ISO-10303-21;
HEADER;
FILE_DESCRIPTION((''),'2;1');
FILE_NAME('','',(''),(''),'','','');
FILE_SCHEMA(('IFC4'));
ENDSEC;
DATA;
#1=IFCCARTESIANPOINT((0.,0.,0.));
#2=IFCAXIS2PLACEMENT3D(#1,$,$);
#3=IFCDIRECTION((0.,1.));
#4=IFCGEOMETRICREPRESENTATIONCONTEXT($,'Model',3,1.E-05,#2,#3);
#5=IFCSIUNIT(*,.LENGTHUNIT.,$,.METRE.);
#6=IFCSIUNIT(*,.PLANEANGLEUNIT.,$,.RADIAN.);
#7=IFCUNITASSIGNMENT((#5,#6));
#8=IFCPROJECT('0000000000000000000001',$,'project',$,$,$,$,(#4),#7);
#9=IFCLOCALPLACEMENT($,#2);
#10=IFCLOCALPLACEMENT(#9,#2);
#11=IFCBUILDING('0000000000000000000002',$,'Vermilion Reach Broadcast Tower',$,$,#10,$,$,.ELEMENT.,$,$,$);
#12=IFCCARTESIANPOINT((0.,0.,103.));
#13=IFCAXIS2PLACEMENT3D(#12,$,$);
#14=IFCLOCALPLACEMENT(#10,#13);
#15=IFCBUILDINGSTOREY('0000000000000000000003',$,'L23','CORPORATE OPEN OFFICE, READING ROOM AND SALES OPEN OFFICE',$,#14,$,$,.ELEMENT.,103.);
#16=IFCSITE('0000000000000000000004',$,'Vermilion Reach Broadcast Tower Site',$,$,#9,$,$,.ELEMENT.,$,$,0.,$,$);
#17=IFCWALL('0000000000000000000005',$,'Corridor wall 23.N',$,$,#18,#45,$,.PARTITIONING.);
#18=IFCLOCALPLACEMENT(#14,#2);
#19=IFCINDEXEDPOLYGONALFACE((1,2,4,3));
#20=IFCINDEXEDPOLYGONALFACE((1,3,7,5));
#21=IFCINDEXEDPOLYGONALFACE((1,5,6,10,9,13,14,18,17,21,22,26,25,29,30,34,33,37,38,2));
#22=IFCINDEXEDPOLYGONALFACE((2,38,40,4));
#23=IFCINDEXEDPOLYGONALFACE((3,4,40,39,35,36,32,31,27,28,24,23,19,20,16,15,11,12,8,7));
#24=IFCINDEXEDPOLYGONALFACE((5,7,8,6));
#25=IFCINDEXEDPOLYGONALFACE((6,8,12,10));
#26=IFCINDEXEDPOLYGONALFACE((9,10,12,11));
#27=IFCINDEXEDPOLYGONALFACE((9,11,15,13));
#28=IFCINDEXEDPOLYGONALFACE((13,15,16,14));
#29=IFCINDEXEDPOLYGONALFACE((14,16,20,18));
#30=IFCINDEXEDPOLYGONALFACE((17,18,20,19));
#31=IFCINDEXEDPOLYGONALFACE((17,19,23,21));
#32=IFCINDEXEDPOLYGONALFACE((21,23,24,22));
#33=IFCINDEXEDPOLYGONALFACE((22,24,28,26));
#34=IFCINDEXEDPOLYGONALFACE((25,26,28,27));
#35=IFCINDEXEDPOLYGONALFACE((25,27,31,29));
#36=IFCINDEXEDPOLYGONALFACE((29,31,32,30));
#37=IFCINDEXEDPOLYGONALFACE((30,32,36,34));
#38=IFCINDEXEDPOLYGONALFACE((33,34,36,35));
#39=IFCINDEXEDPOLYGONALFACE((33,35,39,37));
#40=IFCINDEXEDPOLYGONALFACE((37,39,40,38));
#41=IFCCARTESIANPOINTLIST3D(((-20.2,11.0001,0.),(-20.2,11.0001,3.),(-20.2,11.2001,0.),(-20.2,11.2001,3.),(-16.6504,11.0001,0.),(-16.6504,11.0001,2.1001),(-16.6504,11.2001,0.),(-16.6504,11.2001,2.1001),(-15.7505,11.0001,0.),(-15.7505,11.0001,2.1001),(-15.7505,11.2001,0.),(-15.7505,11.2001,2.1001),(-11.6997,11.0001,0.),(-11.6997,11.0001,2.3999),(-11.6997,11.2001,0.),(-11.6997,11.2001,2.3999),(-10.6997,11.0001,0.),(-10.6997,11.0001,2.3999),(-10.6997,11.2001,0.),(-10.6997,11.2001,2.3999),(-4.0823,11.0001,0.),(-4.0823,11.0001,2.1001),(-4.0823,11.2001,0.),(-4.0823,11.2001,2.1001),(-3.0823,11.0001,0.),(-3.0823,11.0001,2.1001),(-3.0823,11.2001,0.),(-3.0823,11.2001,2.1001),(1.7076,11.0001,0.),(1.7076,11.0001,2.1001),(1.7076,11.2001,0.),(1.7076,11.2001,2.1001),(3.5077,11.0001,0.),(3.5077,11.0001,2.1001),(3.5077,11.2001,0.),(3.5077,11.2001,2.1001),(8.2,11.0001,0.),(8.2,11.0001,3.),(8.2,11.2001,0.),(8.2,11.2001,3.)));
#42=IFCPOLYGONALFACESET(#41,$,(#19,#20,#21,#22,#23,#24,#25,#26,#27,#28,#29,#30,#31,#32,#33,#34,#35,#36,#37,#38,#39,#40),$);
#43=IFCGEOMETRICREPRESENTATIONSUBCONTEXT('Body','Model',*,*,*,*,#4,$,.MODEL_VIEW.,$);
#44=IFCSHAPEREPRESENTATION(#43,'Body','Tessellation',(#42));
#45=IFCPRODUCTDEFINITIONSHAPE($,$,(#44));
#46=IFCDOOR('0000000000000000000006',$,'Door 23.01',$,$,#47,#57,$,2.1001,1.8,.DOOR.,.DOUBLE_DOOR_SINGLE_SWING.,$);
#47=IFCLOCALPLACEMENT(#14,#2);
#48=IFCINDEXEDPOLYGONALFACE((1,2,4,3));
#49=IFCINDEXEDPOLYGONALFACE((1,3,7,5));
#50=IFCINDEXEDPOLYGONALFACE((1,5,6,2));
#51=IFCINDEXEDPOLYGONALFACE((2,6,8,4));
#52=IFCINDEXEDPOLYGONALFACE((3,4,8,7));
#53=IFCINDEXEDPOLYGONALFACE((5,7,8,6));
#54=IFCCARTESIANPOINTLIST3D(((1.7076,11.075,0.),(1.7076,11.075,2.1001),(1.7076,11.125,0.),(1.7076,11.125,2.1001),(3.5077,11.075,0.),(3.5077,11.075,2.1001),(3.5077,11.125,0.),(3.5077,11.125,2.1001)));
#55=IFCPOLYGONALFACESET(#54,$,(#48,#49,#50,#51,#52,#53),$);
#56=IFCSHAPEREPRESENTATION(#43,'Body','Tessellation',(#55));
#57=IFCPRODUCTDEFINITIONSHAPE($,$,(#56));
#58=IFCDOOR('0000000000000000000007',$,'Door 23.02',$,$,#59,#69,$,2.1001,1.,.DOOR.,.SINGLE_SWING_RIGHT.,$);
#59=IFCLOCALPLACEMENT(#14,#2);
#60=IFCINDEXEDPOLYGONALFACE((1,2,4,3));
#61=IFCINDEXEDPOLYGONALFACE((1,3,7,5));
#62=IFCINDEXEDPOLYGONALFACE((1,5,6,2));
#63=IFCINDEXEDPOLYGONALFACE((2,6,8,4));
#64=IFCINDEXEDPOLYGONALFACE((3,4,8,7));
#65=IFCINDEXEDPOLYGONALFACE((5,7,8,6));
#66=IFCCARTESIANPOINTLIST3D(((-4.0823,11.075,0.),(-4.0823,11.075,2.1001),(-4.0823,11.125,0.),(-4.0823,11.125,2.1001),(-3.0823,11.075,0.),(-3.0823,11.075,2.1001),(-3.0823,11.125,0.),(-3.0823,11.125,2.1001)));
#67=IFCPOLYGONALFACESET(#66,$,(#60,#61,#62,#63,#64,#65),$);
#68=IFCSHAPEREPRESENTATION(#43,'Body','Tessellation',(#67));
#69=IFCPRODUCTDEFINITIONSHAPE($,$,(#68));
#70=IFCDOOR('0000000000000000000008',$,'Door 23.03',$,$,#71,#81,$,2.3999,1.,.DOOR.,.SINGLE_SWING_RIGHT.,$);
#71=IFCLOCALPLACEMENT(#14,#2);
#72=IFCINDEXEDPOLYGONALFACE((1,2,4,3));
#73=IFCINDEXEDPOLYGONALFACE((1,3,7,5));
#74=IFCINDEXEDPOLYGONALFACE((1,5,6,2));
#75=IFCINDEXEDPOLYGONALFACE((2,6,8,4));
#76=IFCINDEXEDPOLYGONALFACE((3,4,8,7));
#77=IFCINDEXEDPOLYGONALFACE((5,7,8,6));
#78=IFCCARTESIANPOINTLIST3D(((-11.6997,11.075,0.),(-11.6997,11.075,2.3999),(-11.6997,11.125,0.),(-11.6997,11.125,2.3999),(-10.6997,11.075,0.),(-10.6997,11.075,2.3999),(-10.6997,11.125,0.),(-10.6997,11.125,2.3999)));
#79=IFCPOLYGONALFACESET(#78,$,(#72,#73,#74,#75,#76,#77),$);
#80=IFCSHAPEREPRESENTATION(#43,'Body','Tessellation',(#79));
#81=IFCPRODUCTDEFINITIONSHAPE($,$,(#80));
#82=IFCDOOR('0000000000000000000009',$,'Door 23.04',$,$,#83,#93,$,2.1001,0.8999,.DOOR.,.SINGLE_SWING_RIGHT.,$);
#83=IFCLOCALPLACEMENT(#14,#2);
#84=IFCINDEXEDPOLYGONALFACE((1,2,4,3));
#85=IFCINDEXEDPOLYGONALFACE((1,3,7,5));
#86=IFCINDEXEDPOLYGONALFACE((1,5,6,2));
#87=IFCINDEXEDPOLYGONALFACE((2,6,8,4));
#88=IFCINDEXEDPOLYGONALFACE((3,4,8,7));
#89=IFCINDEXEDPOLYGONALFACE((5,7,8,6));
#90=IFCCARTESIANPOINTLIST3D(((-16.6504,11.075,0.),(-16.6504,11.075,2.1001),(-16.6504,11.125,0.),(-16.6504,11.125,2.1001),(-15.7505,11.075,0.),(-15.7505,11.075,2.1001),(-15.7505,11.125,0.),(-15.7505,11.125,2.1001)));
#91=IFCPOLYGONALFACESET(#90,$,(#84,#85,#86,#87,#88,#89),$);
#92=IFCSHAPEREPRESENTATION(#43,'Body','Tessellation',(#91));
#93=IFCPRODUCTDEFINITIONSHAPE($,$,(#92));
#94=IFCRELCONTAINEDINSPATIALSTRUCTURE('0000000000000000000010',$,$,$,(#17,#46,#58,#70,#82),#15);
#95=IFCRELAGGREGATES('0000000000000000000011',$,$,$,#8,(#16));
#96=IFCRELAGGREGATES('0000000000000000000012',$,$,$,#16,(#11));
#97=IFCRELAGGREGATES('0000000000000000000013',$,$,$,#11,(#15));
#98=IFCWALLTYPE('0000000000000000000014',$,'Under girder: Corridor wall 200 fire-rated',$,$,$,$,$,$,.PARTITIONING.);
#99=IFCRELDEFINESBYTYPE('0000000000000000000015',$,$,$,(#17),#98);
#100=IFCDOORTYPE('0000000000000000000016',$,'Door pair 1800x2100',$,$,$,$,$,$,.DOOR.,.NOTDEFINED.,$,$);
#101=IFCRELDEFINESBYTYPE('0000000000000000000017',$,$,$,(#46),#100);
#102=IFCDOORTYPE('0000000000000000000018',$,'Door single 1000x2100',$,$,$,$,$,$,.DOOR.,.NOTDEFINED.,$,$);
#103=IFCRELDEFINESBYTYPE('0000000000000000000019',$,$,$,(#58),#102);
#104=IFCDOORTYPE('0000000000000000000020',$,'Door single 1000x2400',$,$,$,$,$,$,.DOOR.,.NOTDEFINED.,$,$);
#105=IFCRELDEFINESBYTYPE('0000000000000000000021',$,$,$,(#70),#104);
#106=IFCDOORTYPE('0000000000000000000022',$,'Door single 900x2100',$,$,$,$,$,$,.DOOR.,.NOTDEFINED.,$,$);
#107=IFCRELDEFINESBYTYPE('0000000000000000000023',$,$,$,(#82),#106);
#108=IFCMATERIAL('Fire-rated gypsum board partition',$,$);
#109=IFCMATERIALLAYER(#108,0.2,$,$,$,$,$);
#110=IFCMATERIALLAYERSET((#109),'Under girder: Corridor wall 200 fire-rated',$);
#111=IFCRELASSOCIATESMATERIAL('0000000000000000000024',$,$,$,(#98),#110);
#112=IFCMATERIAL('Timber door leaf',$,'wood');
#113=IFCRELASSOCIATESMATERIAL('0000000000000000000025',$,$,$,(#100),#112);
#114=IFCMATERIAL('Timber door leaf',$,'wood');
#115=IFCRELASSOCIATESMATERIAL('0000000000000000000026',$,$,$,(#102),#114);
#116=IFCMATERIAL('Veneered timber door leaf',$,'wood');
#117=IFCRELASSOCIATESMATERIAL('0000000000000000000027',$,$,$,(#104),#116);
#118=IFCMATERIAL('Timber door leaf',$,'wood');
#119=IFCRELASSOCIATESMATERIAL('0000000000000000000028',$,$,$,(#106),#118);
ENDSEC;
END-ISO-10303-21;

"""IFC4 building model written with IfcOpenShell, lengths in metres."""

from ifc_helpers import new_model, si_unit, direction, frame, frame_2d, origin, place, context, subcontext, project, spatial, rectangle, extrude, material, layer, layer_set, type_object, element, fill, save


model = new_model("IFC4")

# Units and contexts
model_context = context("Model", 3, precision=1e-05, world=origin(), true_north=direction((0.0, 1.0)))
body_context = subcontext(model_context, "Body", "Model", "MODEL_VIEW")
ifc_project = project(units=[si_unit("LENGTHUNIT", "METRE"), si_unit("PLANEANGLEUNIT", "RADIAN")], contexts=[model_context])

# Site, building, storey
site_placement = place(None, origin())
site = spatial("IfcSite", under=ifc_project, at=site_placement, Name="Vermilion Reach Broadcast Tower Site", CompositionType="ELEMENT", RefElevation=0.0)
building_placement = place(site_placement, origin())
building = spatial("IfcBuilding", under=site, at=building_placement, Name="Vermilion Reach Broadcast Tower", CompositionType="ELEMENT")
storey_placement = place(building_placement, frame((0.0, 0.0, 103.0)))
storey = spatial("IfcBuildingStorey", under=building, at=storey_placement, Name="L23", Description="CORPORATE OPEN OFFICE, READING ROOM AND SALES OPEN OFFICE", CompositionType="ELEMENT", Elevation=103.0)

# Wall, openings, doors
ifc_material_1 = material(Name="Fire-rated gypsum board partition")
ifc_layer_1 = layer(ifc_material_1, 0.2)
ifc_layer_set_1 = layer_set([ifc_layer_1], Name="Under girder: Corridor wall 200 fire-rated")
wall_type_1 = type_object("IfcWallType", Name="Under girder: Corridor wall 200 fire-rated", PredefinedType="PARTITIONING", material=ifc_layer_set_1)
wall_1_placement = place(storey_placement, frame((-20.2, 11.1001, 0.0), z_axis=(0.0, 0.0, 1.0), x_axis=(1.0, 0.0, 0.0)))
wall_1 = element("IfcWall", 1, at=wall_1_placement, inside=storey, type_object=wall_type_1, Name="Corridor wall 23.N", PredefinedType="PARTITIONING", context=body_context, shape_type="SweptSolid", body=[
    extrude(rectangle(XDim=28.3999, YDim=0.2, at=frame_2d((14.2, 0.0))), origin(), (0.0, 0.0, 1.0), 3.0),
])
opening_1_placement = place(wall_1_placement, frame((21.9077, 0.0, 0.0)))
opening_1 = element("IfcOpeningElement", 2, at=opening_1_placement, cuts=wall_1, PredefinedType="OPENING", context=body_context, shape_type="SweptSolid", body=[
    extrude(rectangle(XDim=1.8, YDim=2.1001, at=frame_2d((0.8999, 1.05))), frame((0.0, 0.1099, 0.0), z_axis=(0.0, -1.0, 0.0), x_axis=(1.0, 0.0, 0.0)), (0.0, 0.0, 1.0), 0.22),
])
opening_2_placement = place(wall_1_placement, frame((16.1177, 0.0, 0.0)))
opening_2 = element("IfcOpeningElement", 3, at=opening_2_placement, cuts=wall_1, PredefinedType="OPENING", context=body_context, shape_type="SweptSolid", body=[
    extrude(rectangle(XDim=1.0, YDim=2.1001, at=frame_2d((0.5, 1.05))), frame((0.0, 0.1099, 0.0), z_axis=(0.0, -1.0, 0.0), x_axis=(1.0, 0.0, 0.0)), (0.0, 0.0, 1.0), 0.22),
])
opening_3_placement = place(wall_1_placement, frame((8.5002, 0.0, 0.0)))
opening_3 = element("IfcOpeningElement", 4, at=opening_3_placement, cuts=wall_1, PredefinedType="OPENING", context=body_context, shape_type="SweptSolid", body=[
    extrude(rectangle(XDim=1.0, YDim=2.3999, at=frame_2d((0.5, 1.2))), frame((0.0, 0.1099, 0.0), z_axis=(0.0, -1.0, 0.0), x_axis=(1.0, 0.0, 0.0)), (0.0, 0.0, 1.0), 0.22),
])
opening_4_placement = place(wall_1_placement, frame((3.5496, 0.0, 0.0)))
opening_4 = element("IfcOpeningElement", 5, at=opening_4_placement, cuts=wall_1, PredefinedType="OPENING", context=body_context, shape_type="SweptSolid", body=[
    extrude(rectangle(XDim=0.8999, YDim=2.1001, at=frame_2d((0.45, 1.05))), frame((0.0, 0.1099, 0.0), z_axis=(0.0, -1.0, 0.0), x_axis=(1.0, 0.0, 0.0)), (0.0, 0.0, 1.0), 0.22),
])
ifc_material_2 = material(Name="Timber door leaf", Category="wood")
door_type_1 = type_object("IfcDoorType", Name="Door pair 1800x2100", OperationType="NOTDEFINED", PredefinedType="DOOR", material=ifc_material_2)
door_1_placement = place(opening_1_placement, origin())
door_1 = element("IfcDoor", 6, at=door_1_placement, inside=storey, type_object=door_type_1, Name="Door 23.01", OperationType="DOUBLE_DOOR_SINGLE_SWING", OverallHeight=2.1001, OverallWidth=1.8, PredefinedType="DOOR", context=body_context, shape_type="SweptSolid", body=[
    extrude(rectangle(XDim=1.8, YDim=2.1001, at=frame_2d((0.8999, 1.05))), frame((0.0, 0.0249, 0.0), z_axis=(0.0, -1.0, 0.0), x_axis=(1.0, 0.0, 0.0)), (0.0, 0.0, 1.0), 0.05),
])
fill(opening_1, door_1)
ifc_material_3 = material(Name="Timber door leaf", Category="wood")
door_type_2 = type_object("IfcDoorType", Name="Door single 1000x2100", OperationType="NOTDEFINED", PredefinedType="DOOR", material=ifc_material_3)
door_2_placement = place(opening_2_placement, origin())
door_2 = element("IfcDoor", 7, at=door_2_placement, inside=storey, type_object=door_type_2, Name="Door 23.02", OperationType="SINGLE_SWING_RIGHT", OverallHeight=2.1001, OverallWidth=1.0, PredefinedType="DOOR", context=body_context, shape_type="SweptSolid", body=[
    extrude(rectangle(XDim=1.0, YDim=2.1001, at=frame_2d((0.5, 1.05))), frame((0.0, 0.0249, 0.0), z_axis=(0.0, -1.0, 0.0), x_axis=(1.0, 0.0, 0.0)), (0.0, 0.0, 1.0), 0.05),
])
fill(opening_2, door_2)
ifc_material_4 = material(Name="Veneered timber door leaf", Category="wood")
door_type_3 = type_object("IfcDoorType", Name="Door single 1000x2400", OperationType="NOTDEFINED", PredefinedType="DOOR", material=ifc_material_4)
door_3_placement = place(opening_3_placement, origin())
door_3 = element("IfcDoor", 8, at=door_3_placement, inside=storey, type_object=door_type_3, Name="Door 23.03", OperationType="SINGLE_SWING_RIGHT", OverallHeight=2.3999, OverallWidth=1.0, PredefinedType="DOOR", context=body_context, shape_type="SweptSolid", body=[
    extrude(rectangle(XDim=1.0, YDim=2.3999, at=frame_2d((0.5, 1.2))), frame((0.0, 0.0249, 0.0), z_axis=(0.0, -1.0, 0.0), x_axis=(1.0, 0.0, 0.0)), (0.0, 0.0, 1.0), 0.05),
])
fill(opening_3, door_3)
ifc_material_5 = material(Name="Timber door leaf", Category="wood")
door_type_4 = type_object("IfcDoorType", Name="Door single 900x2100", OperationType="NOTDEFINED", PredefinedType="DOOR", material=ifc_material_5)
door_4_placement = place(opening_4_placement, origin())
door_4 = element("IfcDoor", 9, at=door_4_placement, inside=storey, type_object=door_type_4, Name="Door 23.04", OperationType="SINGLE_SWING_RIGHT", OverallHeight=2.1001, OverallWidth=0.8999, PredefinedType="DOOR", context=body_context, shape_type="SweptSolid", body=[
    extrude(rectangle(XDim=0.8999, YDim=2.1001, at=frame_2d((0.45, 1.05))), frame((0.0, 0.0249, 0.0), z_axis=(0.0, -1.0, 0.0), x_axis=(1.0, 0.0, 0.0)), (0.0, 0.0, 1.0), 0.05),
])
fill(opening_4, door_4)

save(model, "model.ifc")
